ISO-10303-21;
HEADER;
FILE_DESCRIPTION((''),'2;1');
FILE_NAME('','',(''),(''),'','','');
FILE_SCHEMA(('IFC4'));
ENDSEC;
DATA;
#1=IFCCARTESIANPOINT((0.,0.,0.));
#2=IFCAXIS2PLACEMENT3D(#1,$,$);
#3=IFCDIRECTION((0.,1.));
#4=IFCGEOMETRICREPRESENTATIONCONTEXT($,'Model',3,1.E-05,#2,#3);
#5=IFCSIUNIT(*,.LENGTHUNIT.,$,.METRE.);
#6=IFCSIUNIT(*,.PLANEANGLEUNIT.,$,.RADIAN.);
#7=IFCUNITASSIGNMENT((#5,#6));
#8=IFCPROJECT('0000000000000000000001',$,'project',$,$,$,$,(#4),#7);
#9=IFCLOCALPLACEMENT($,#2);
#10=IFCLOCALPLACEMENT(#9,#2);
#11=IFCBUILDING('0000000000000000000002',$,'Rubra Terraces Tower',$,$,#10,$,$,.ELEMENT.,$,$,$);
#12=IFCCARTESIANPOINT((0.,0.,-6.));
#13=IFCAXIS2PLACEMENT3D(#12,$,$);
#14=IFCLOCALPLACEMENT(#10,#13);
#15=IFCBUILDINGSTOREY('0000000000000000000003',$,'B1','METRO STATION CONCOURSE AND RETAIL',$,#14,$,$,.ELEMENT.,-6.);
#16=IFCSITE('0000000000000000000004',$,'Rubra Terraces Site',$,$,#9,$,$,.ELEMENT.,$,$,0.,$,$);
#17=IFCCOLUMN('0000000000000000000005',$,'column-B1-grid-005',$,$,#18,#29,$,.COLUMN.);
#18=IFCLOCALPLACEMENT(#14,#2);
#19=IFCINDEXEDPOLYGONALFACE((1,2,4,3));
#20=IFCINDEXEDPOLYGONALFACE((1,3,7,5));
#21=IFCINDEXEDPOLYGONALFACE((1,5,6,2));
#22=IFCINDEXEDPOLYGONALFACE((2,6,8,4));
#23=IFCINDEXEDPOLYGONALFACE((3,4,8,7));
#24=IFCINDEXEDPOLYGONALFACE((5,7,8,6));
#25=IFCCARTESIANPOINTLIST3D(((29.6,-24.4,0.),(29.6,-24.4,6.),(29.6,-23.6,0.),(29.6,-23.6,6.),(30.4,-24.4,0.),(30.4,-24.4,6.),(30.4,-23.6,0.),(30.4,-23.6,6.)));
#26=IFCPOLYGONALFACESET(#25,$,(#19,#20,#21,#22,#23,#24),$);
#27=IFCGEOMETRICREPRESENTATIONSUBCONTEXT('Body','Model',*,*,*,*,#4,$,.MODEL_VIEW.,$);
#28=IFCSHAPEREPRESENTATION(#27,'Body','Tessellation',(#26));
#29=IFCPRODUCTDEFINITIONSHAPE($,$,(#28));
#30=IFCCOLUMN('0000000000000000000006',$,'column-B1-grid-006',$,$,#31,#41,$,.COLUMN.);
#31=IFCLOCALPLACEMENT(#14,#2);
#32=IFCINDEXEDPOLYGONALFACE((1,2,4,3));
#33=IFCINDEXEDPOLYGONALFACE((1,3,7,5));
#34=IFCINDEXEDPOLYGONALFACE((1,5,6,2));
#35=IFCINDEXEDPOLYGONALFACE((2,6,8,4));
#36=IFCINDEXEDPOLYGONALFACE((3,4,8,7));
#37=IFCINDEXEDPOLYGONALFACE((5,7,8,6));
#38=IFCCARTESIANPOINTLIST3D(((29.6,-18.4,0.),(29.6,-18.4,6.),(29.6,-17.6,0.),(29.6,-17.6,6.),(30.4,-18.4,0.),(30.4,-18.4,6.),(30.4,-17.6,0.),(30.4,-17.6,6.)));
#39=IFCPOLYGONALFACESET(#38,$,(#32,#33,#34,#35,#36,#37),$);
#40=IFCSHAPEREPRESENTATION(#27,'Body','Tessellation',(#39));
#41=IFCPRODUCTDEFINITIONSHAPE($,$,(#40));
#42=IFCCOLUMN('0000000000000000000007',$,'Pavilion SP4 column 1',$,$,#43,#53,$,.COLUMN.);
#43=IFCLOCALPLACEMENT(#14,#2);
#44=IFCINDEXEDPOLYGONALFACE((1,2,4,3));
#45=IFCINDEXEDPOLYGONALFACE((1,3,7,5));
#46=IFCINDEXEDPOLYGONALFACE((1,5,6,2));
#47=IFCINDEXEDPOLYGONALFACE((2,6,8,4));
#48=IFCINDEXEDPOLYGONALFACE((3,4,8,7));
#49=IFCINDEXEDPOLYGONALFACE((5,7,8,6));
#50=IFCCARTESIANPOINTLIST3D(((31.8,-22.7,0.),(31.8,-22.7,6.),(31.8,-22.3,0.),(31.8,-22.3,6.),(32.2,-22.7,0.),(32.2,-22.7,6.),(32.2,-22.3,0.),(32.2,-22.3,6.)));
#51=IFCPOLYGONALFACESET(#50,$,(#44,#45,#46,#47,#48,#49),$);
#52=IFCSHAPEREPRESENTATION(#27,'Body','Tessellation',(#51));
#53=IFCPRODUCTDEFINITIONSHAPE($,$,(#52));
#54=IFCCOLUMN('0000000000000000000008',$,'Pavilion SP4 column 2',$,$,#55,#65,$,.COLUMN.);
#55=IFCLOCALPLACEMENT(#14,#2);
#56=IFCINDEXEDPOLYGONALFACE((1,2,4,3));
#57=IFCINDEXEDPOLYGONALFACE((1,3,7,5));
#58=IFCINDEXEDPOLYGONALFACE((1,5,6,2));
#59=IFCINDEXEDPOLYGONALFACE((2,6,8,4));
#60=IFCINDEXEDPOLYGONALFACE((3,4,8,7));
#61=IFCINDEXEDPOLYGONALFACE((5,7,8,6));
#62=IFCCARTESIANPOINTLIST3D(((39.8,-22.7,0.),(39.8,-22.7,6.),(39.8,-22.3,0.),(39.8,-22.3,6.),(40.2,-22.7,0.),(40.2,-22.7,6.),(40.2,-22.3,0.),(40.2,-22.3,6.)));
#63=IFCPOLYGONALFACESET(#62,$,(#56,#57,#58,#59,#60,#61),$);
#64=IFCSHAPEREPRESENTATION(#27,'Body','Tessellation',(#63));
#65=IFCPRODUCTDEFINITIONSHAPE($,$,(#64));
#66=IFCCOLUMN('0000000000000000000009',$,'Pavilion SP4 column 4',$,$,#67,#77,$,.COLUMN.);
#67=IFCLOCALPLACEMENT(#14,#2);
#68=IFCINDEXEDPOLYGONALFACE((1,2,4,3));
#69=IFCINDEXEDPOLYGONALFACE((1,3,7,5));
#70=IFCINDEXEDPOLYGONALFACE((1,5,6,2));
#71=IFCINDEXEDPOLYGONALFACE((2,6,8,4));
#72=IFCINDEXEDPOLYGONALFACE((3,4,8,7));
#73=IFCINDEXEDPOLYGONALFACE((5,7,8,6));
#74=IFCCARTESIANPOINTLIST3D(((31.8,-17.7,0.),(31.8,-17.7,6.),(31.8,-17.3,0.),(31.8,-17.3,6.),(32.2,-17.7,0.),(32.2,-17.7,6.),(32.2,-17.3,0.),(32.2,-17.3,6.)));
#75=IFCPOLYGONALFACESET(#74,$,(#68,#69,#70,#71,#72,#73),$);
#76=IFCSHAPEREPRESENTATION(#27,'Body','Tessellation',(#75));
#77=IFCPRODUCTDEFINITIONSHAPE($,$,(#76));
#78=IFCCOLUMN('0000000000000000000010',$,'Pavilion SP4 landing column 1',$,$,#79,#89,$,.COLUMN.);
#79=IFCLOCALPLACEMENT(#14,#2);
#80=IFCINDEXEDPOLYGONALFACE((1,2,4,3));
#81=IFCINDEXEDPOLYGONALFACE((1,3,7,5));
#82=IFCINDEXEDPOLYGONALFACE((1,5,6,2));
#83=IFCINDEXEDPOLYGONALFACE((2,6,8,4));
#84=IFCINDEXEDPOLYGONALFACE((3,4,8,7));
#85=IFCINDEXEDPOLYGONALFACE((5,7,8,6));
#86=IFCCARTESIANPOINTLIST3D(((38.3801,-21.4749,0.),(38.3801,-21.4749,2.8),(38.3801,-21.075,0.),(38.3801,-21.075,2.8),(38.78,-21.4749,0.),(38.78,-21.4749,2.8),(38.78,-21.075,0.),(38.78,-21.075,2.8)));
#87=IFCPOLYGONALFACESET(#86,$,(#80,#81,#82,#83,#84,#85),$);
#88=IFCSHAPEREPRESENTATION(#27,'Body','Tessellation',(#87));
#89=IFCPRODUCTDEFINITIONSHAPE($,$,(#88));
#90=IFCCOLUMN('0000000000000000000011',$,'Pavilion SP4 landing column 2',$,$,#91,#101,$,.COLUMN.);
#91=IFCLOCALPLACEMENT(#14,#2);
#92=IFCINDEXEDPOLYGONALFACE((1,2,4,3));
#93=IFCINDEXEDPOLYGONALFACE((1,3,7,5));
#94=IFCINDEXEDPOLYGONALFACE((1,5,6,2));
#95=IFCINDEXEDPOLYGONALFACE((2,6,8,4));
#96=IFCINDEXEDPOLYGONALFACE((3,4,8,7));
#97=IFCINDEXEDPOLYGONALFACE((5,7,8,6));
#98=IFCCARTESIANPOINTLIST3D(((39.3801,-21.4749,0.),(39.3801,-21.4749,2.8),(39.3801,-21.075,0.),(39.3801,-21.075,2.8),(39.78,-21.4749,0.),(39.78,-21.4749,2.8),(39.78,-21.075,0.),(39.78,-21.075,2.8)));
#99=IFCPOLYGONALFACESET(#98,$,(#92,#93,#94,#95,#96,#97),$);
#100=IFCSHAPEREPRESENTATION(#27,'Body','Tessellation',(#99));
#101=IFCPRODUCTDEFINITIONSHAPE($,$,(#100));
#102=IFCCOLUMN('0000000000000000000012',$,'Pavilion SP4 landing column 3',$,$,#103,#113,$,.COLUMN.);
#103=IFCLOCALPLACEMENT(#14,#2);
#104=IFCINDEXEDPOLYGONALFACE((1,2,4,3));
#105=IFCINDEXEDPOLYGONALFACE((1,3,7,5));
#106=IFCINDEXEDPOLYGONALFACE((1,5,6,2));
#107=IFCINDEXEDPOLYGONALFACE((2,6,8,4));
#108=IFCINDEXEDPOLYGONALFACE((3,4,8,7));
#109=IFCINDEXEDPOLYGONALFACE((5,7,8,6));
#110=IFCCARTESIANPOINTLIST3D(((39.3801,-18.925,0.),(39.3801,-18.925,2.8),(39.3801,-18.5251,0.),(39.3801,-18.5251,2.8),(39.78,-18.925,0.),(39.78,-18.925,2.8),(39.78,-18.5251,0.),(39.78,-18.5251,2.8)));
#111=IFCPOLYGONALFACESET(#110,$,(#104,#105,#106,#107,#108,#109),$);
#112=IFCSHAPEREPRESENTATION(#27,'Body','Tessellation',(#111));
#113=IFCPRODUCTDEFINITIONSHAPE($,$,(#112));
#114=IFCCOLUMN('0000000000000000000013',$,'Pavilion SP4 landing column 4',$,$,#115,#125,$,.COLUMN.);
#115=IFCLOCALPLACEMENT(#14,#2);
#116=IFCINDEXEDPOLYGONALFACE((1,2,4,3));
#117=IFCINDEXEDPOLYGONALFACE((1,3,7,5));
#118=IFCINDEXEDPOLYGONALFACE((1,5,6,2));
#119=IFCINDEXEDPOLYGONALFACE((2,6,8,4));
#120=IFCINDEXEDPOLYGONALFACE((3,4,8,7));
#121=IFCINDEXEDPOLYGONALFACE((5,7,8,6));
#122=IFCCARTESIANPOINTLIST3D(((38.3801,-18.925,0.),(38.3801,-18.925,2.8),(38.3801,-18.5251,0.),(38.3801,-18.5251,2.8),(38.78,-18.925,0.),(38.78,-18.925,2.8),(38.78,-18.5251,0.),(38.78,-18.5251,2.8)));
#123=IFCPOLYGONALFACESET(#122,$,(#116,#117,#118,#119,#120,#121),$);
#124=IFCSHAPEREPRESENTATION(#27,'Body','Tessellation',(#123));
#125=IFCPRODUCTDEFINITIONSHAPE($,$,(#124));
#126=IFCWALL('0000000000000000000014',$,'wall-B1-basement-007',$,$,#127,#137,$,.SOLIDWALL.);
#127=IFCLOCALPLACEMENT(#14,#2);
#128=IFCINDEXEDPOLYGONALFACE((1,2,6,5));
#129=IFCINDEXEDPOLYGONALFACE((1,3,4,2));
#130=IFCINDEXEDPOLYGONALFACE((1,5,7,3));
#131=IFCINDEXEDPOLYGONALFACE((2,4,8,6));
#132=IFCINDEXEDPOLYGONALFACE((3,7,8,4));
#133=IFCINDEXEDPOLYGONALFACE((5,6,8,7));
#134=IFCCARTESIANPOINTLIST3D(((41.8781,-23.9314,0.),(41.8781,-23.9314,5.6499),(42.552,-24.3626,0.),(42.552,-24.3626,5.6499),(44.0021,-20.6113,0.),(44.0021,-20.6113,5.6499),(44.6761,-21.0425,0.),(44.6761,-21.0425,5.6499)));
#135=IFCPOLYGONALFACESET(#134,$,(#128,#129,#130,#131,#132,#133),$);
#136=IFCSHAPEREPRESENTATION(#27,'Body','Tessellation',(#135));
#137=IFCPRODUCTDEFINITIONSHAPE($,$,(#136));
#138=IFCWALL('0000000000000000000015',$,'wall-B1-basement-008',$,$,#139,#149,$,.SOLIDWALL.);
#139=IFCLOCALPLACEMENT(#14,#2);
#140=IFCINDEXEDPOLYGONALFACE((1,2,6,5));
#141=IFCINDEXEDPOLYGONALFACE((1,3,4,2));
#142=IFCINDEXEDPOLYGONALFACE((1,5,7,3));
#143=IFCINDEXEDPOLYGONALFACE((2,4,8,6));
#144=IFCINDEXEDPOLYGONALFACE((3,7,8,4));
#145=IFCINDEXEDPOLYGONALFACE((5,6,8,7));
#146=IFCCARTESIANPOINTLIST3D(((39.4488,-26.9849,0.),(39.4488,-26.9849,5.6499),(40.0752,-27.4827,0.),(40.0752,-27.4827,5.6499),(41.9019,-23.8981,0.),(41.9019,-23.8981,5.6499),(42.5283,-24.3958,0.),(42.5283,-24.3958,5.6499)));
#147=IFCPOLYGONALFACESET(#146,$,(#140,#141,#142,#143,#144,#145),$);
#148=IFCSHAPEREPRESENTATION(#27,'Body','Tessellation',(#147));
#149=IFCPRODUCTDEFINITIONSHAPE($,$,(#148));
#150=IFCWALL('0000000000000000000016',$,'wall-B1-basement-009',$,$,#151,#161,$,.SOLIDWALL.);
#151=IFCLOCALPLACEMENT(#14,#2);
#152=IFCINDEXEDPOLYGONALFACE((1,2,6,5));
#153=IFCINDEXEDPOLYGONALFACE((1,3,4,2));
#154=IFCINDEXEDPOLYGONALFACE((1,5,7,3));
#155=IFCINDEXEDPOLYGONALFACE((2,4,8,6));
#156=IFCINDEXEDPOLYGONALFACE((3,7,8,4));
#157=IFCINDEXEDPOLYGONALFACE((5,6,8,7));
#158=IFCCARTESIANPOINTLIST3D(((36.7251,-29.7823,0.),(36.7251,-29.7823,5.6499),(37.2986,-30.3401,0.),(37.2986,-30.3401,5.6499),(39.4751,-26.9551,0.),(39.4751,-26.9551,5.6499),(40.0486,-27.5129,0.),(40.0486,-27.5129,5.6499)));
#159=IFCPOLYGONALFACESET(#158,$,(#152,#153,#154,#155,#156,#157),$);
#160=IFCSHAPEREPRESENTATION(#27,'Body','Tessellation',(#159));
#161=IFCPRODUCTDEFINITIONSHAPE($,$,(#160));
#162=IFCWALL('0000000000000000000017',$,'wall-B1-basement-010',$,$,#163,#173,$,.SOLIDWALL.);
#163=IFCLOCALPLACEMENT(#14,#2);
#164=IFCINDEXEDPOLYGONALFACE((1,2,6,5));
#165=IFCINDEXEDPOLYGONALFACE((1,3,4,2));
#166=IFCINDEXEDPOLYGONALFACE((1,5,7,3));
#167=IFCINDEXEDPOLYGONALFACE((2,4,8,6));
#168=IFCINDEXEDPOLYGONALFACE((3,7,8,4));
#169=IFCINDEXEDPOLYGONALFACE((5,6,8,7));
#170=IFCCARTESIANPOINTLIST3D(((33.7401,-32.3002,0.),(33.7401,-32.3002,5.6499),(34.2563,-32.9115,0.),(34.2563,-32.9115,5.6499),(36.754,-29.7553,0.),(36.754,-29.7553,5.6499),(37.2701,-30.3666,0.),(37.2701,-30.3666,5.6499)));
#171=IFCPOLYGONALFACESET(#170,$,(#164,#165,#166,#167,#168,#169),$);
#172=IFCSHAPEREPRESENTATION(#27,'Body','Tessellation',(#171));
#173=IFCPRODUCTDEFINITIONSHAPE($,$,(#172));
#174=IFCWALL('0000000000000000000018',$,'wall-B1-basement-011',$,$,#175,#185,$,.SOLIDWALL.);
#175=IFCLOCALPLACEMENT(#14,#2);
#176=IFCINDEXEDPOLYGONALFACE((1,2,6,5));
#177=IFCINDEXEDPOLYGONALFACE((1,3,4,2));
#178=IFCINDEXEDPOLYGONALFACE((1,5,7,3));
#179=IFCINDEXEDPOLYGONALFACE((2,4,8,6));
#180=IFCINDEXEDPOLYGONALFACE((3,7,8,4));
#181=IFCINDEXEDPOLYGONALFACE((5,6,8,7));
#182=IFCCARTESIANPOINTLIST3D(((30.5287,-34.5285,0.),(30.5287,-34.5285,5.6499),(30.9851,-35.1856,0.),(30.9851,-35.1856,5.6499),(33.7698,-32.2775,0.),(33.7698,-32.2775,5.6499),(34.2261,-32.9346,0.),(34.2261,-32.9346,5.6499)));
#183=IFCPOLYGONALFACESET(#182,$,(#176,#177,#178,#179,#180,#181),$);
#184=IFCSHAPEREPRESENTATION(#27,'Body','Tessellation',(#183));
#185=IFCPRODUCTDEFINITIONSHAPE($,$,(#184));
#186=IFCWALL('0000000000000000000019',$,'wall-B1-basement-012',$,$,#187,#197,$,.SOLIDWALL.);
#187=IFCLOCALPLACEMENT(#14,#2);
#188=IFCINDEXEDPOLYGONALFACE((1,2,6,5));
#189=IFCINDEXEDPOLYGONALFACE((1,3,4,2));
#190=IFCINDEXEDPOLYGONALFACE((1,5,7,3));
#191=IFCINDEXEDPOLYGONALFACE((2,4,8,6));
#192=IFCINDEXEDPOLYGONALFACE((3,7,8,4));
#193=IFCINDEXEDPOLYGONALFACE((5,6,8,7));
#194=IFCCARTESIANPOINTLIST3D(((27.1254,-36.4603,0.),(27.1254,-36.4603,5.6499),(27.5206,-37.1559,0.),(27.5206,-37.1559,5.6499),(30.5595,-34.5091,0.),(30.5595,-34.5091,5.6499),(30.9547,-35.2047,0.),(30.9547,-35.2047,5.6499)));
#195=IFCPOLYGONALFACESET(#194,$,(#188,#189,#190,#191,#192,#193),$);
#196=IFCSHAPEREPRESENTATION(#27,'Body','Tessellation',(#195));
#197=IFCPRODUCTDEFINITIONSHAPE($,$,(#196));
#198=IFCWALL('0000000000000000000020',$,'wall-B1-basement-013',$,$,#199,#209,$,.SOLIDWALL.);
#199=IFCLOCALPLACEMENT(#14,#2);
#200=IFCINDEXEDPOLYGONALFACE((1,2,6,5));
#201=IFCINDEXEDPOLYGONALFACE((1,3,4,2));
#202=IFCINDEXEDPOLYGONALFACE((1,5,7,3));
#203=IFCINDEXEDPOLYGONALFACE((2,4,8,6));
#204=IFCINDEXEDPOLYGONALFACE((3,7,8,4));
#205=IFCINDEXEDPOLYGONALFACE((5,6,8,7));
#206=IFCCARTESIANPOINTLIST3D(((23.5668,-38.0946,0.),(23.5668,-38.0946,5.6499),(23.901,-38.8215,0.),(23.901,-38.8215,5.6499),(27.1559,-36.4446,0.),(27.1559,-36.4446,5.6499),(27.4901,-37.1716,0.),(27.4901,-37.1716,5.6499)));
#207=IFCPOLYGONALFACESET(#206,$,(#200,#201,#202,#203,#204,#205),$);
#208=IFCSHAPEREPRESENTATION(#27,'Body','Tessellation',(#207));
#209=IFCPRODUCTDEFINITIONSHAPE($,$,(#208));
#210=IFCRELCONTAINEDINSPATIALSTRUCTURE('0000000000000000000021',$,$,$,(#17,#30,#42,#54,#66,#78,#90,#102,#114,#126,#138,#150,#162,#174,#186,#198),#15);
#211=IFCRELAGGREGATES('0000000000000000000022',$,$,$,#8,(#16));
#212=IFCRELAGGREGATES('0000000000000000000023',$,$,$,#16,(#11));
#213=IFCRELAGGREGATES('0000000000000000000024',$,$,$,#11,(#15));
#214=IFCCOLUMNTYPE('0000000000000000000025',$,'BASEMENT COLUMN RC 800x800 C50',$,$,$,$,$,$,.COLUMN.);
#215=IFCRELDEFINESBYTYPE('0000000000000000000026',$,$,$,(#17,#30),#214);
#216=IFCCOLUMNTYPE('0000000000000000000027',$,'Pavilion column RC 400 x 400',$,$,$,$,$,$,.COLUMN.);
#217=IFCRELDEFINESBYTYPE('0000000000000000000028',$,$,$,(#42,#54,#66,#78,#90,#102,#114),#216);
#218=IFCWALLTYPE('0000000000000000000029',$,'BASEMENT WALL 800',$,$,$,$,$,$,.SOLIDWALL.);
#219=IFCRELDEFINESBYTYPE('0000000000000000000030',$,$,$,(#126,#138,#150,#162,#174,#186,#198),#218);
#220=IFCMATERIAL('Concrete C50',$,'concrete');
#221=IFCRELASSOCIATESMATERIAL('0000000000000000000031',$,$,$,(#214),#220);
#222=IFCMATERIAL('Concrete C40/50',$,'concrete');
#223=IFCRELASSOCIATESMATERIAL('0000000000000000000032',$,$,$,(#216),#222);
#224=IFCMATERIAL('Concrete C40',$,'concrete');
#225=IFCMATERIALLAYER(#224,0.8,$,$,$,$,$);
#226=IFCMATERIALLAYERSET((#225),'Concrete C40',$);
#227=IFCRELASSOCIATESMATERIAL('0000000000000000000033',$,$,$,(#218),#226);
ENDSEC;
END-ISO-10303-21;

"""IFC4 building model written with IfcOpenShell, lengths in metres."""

from ifc_helpers import new_model, si_unit, direction, frame, frame_2d, origin, origin_2d, place, context, subcontext, project, spatial, rectangle, extrude, material, layer, layer_set, material_profile, profile_set, type_object, element, save


model = new_model("IFC4")

# Units and contexts
model_context = context("Model", 3, precision=1e-05, world=origin(), true_north=direction((0.0, 1.0)))
body_context = subcontext(model_context, "Body", "Model", "MODEL_VIEW")
ifc_project = project(units=[si_unit("LENGTHUNIT", "METRE"), si_unit("PLANEANGLEUNIT", "RADIAN")], contexts=[model_context])

# Site, building, storey
site_placement = place(None, origin())
site = spatial("IfcSite", under=ifc_project, at=site_placement, Name="Rubra Terraces Site", CompositionType="ELEMENT", RefElevation=0.0)
building_placement = place(site_placement, origin())
building = spatial("IfcBuilding", under=site, at=building_placement, Name="Rubra Terraces Tower", CompositionType="ELEMENT")
storey_placement = place(building_placement, frame((0.0, 0.0, -6.0)))
storey = spatial("IfcBuildingStorey", under=building, at=storey_placement, Name="B1", Description="METRO STATION CONCOURSE AND RETAIL", CompositionType="ELEMENT", Elevation=-6.0)

# Columns
ifc_material_1 = material(Name="Concrete C50", Category="concrete")
ifc_material_profile_1 = material_profile(ifc_material_1, rectangle(XDim=0.8, YDim=0.8, at=origin_2d()), Name="RC 800x800")
ifc_profile_set_1 = profile_set([ifc_material_profile_1], Name="Concrete C50")
column_type_1 = type_object("IfcColumnType", Name="BASEMENT COLUMN RC 800x800 C50", PredefinedType="COLUMN", material=ifc_profile_set_1)
for number, where, z_axis, x_axis, name in (
    (1, (30.0, -24.0, 0.0), (0.0, 0.0, 1.0), (1.0, 0.0, 0.0), "column-B1-grid-005"),
    (2, (30.0, -18.0, 0.0), (0.0, 0.0, 1.0), (1.0, 0.0, 0.0), "column-B1-grid-006"),
):
    element("IfcColumn", number, at=place(storey_placement, frame(where, z_axis=z_axis, x_axis=x_axis)), inside=storey, type_object=column_type_1, Name=name, PredefinedType="COLUMN", context=body_context, shape_type="SweptSolid", body=[
        extrude(rectangle(XDim=0.8, YDim=0.8, at=origin_2d()), origin(), (0.0, 0.0, 1.0), 6.0),
    ])
ifc_material_2 = material(Name="Concrete C40/50", Category="concrete")
ifc_material_profile_2 = material_profile(ifc_material_2, rectangle(XDim=0.3999, YDim=0.3999, at=origin_2d()), Name="RC 400x400")
ifc_profile_set_2 = profile_set([ifc_material_profile_2], Name="Concrete C40/50")
column_type_2 = type_object("IfcColumnType", Name="Pavilion column RC 400 x 400", PredefinedType="COLUMN", material=ifc_profile_set_2)
for number, where, z_axis, x_axis, name in (
    (3, (32.0, -22.5, 0.0), (0.0, 0.0, 1.0), (1.0, 0.0, 0.0), "Pavilion SP4 column 1"),
    (4, (40.0, -22.5, 0.0), (0.0, 0.0, 1.0), (1.0, 0.0, 0.0), "Pavilion SP4 column 2"),
    (5, (32.0, -17.5, 0.0), (0.0, 0.0, 1.0), (1.0, 0.0, 0.0), "Pavilion SP4 column 4"),
):
    element("IfcColumn", number, at=place(storey_placement, frame(where, z_axis=z_axis, x_axis=x_axis)), inside=storey, type_object=column_type_2, Name=name, PredefinedType="COLUMN", context=body_context, shape_type="SweptSolid", body=[
        extrude(rectangle(XDim=0.3999, YDim=0.3999, at=origin_2d()), origin(), (0.0, 0.0, 1.0), 6.0),
    ])
for number, where, z_axis, x_axis, name in (
    (6, (38.5801, -21.2749, 0.0), (0.0, 0.0, 1.0), (1.0, 0.0, 0.0), "Pavilion SP4 landing column 1"),
    (7, (39.5801, -21.2749, 0.0), (0.0, 0.0, 1.0), (1.0, 0.0, 0.0), "Pavilion SP4 landing column 2"),
    (8, (39.5801, -18.7251, 0.0), (0.0, 0.0, 1.0), (1.0, 0.0, 0.0), "Pavilion SP4 landing column 3"),
    (9, (38.5801, -18.7251, 0.0), (0.0, 0.0, 1.0), (1.0, 0.0, 0.0), "Pavilion SP4 landing column 4"),
):
    element("IfcColumn", number, at=place(storey_placement, frame(where, z_axis=z_axis, x_axis=x_axis)), inside=storey, type_object=column_type_2, Name=name, PredefinedType="COLUMN", context=body_context, shape_type="SweptSolid", body=[
        extrude(rectangle(XDim=0.3999, YDim=0.3999, at=origin_2d()), origin(), (0.0, 0.0, 1.0), 2.8),
    ])

# Walls
ifc_material_3 = material(Name="Concrete C40", Category="concrete")
ifc_layer_1 = layer(ifc_material_3, 0.8)
ifc_layer_set_1 = layer_set([ifc_layer_1], Name="Concrete C40")
wall_type_1 = type_object("IfcWallType", Name="BASEMENT WALL 800", PredefinedType="SOLIDWALL", material=ifc_layer_set_1)
wall_1_placement = place(storey_placement, frame((44.3391, -20.8269, 0.0), z_axis=(0.0, 0.0, 1.0), x_axis=(-0.538906, -0.842366, 0.0)))
element("IfcWall", 10, at=wall_1_placement, inside=storey, type_object=wall_type_1, Name="wall-B1-basement-007", PredefinedType="SOLIDWALL", context=body_context, shape_type="SweptSolid", body=[
    extrude(rectangle(XDim=3.9414, YDim=0.8, at=frame_2d((1.9707, 0.0))), origin(), (0.0, 0.0, 1.0), 5.6499),
])
wall_2_placement = place(storey_placement, frame((42.2151, -24.147, 0.0), z_axis=(0.0, 0.0, 1.0), x_axis=(-0.622155, -0.782894, 0.0)))
element("IfcWall", 11, at=wall_2_placement, inside=storey, type_object=wall_type_1, Name="wall-B1-basement-008", PredefinedType="SOLIDWALL", context=body_context, shape_type="SweptSolid", body=[
    extrude(rectangle(XDim=3.9429, YDim=0.8, at=frame_2d((1.9714, 0.0))), origin(), (0.0, 0.0, 1.0), 5.6499),
])
wall_3_placement = place(storey_placement, frame((39.762, -27.2339, 0.0), z_axis=(0.0, 0.0, 1.0), x_axis=(-0.697259, -0.71682, 0.0)))
element("IfcWall", 12, at=wall_3_placement, inside=storey, type_object=wall_type_1, Name="wall-B1-basement-009", PredefinedType="SOLIDWALL", context=body_context, shape_type="SweptSolid", body=[
    extrude(rectangle(XDim=3.9441, YDim=0.8, at=frame_2d((1.9722, 0.0))), origin(), (0.0, 0.0, 1.0), 5.6499),
])
wall_4_placement = place(storey_placement, frame((37.012, -30.061, 0.0), z_axis=(0.0, 0.0, 1.0), x_axis=(-0.76405, -0.645157, 0.0)))
element("IfcWall", 13, at=wall_4_placement, inside=storey, type_object=wall_type_1, Name="wall-B1-basement-010", PredefinedType="SOLIDWALL", context=body_context, shape_type="SweptSolid", body=[
    extrude(rectangle(XDim=3.9446, YDim=0.8, at=frame_2d((1.9722, 0.0))), origin(), (0.0, 0.0, 1.0), 5.6499),
])
wall_5_placement = place(storey_placement, frame((33.998, -32.606, 0.0), z_axis=(0.0, 0.0, 1.0), x_axis=(-0.821334, -0.570448, 0.0)))
element("IfcWall", 14, at=wall_5_placement, inside=storey, type_object=wall_type_1, Name="wall-B1-basement-011", PredefinedType="SOLIDWALL", context=body_context, shape_type="SweptSolid", body=[
    extrude(rectangle(XDim=3.946, YDim=0.8, at=frame_2d((1.9731, 0.0))), origin(), (0.0, 0.0, 1.0), 5.6499),
])
wall_6_placement = place(storey_placement, frame((30.7571, -34.8569, 0.0), z_axis=(0.0, 0.0, 1.0), x_axis=(-0.869458, -0.494007, 0.0)))
element("IfcWall", 15, at=wall_6_placement, inside=storey, type_object=wall_type_1, Name="wall-B1-basement-012", PredefinedType="SOLIDWALL", context=body_context, shape_type="SweptSolid", body=[
    extrude(rectangle(XDim=3.9497, YDim=0.8, at=frame_2d((1.9749, 0.0))), origin(), (0.0, 0.0, 1.0), 5.6499),
])
wall_7_placement = place(storey_placement, frame((27.323, -36.8081, 0.0), z_axis=(0.0, 0.0, 1.0), x_axis=(-0.908595, -0.417678, 0.0)))
element("IfcWall", 16, at=wall_7_placement, inside=storey, type_object=wall_type_1, Name="wall-B1-basement-013", PredefinedType="SOLIDWALL", context=body_context, shape_type="SweptSolid", body=[
    extrude(rectangle(XDim=3.9502, YDim=0.8, at=frame_2d((1.9751, 0.0))), origin(), (0.0, 0.0, 1.0), 5.6499),
])

save(model, "model.ifc")
